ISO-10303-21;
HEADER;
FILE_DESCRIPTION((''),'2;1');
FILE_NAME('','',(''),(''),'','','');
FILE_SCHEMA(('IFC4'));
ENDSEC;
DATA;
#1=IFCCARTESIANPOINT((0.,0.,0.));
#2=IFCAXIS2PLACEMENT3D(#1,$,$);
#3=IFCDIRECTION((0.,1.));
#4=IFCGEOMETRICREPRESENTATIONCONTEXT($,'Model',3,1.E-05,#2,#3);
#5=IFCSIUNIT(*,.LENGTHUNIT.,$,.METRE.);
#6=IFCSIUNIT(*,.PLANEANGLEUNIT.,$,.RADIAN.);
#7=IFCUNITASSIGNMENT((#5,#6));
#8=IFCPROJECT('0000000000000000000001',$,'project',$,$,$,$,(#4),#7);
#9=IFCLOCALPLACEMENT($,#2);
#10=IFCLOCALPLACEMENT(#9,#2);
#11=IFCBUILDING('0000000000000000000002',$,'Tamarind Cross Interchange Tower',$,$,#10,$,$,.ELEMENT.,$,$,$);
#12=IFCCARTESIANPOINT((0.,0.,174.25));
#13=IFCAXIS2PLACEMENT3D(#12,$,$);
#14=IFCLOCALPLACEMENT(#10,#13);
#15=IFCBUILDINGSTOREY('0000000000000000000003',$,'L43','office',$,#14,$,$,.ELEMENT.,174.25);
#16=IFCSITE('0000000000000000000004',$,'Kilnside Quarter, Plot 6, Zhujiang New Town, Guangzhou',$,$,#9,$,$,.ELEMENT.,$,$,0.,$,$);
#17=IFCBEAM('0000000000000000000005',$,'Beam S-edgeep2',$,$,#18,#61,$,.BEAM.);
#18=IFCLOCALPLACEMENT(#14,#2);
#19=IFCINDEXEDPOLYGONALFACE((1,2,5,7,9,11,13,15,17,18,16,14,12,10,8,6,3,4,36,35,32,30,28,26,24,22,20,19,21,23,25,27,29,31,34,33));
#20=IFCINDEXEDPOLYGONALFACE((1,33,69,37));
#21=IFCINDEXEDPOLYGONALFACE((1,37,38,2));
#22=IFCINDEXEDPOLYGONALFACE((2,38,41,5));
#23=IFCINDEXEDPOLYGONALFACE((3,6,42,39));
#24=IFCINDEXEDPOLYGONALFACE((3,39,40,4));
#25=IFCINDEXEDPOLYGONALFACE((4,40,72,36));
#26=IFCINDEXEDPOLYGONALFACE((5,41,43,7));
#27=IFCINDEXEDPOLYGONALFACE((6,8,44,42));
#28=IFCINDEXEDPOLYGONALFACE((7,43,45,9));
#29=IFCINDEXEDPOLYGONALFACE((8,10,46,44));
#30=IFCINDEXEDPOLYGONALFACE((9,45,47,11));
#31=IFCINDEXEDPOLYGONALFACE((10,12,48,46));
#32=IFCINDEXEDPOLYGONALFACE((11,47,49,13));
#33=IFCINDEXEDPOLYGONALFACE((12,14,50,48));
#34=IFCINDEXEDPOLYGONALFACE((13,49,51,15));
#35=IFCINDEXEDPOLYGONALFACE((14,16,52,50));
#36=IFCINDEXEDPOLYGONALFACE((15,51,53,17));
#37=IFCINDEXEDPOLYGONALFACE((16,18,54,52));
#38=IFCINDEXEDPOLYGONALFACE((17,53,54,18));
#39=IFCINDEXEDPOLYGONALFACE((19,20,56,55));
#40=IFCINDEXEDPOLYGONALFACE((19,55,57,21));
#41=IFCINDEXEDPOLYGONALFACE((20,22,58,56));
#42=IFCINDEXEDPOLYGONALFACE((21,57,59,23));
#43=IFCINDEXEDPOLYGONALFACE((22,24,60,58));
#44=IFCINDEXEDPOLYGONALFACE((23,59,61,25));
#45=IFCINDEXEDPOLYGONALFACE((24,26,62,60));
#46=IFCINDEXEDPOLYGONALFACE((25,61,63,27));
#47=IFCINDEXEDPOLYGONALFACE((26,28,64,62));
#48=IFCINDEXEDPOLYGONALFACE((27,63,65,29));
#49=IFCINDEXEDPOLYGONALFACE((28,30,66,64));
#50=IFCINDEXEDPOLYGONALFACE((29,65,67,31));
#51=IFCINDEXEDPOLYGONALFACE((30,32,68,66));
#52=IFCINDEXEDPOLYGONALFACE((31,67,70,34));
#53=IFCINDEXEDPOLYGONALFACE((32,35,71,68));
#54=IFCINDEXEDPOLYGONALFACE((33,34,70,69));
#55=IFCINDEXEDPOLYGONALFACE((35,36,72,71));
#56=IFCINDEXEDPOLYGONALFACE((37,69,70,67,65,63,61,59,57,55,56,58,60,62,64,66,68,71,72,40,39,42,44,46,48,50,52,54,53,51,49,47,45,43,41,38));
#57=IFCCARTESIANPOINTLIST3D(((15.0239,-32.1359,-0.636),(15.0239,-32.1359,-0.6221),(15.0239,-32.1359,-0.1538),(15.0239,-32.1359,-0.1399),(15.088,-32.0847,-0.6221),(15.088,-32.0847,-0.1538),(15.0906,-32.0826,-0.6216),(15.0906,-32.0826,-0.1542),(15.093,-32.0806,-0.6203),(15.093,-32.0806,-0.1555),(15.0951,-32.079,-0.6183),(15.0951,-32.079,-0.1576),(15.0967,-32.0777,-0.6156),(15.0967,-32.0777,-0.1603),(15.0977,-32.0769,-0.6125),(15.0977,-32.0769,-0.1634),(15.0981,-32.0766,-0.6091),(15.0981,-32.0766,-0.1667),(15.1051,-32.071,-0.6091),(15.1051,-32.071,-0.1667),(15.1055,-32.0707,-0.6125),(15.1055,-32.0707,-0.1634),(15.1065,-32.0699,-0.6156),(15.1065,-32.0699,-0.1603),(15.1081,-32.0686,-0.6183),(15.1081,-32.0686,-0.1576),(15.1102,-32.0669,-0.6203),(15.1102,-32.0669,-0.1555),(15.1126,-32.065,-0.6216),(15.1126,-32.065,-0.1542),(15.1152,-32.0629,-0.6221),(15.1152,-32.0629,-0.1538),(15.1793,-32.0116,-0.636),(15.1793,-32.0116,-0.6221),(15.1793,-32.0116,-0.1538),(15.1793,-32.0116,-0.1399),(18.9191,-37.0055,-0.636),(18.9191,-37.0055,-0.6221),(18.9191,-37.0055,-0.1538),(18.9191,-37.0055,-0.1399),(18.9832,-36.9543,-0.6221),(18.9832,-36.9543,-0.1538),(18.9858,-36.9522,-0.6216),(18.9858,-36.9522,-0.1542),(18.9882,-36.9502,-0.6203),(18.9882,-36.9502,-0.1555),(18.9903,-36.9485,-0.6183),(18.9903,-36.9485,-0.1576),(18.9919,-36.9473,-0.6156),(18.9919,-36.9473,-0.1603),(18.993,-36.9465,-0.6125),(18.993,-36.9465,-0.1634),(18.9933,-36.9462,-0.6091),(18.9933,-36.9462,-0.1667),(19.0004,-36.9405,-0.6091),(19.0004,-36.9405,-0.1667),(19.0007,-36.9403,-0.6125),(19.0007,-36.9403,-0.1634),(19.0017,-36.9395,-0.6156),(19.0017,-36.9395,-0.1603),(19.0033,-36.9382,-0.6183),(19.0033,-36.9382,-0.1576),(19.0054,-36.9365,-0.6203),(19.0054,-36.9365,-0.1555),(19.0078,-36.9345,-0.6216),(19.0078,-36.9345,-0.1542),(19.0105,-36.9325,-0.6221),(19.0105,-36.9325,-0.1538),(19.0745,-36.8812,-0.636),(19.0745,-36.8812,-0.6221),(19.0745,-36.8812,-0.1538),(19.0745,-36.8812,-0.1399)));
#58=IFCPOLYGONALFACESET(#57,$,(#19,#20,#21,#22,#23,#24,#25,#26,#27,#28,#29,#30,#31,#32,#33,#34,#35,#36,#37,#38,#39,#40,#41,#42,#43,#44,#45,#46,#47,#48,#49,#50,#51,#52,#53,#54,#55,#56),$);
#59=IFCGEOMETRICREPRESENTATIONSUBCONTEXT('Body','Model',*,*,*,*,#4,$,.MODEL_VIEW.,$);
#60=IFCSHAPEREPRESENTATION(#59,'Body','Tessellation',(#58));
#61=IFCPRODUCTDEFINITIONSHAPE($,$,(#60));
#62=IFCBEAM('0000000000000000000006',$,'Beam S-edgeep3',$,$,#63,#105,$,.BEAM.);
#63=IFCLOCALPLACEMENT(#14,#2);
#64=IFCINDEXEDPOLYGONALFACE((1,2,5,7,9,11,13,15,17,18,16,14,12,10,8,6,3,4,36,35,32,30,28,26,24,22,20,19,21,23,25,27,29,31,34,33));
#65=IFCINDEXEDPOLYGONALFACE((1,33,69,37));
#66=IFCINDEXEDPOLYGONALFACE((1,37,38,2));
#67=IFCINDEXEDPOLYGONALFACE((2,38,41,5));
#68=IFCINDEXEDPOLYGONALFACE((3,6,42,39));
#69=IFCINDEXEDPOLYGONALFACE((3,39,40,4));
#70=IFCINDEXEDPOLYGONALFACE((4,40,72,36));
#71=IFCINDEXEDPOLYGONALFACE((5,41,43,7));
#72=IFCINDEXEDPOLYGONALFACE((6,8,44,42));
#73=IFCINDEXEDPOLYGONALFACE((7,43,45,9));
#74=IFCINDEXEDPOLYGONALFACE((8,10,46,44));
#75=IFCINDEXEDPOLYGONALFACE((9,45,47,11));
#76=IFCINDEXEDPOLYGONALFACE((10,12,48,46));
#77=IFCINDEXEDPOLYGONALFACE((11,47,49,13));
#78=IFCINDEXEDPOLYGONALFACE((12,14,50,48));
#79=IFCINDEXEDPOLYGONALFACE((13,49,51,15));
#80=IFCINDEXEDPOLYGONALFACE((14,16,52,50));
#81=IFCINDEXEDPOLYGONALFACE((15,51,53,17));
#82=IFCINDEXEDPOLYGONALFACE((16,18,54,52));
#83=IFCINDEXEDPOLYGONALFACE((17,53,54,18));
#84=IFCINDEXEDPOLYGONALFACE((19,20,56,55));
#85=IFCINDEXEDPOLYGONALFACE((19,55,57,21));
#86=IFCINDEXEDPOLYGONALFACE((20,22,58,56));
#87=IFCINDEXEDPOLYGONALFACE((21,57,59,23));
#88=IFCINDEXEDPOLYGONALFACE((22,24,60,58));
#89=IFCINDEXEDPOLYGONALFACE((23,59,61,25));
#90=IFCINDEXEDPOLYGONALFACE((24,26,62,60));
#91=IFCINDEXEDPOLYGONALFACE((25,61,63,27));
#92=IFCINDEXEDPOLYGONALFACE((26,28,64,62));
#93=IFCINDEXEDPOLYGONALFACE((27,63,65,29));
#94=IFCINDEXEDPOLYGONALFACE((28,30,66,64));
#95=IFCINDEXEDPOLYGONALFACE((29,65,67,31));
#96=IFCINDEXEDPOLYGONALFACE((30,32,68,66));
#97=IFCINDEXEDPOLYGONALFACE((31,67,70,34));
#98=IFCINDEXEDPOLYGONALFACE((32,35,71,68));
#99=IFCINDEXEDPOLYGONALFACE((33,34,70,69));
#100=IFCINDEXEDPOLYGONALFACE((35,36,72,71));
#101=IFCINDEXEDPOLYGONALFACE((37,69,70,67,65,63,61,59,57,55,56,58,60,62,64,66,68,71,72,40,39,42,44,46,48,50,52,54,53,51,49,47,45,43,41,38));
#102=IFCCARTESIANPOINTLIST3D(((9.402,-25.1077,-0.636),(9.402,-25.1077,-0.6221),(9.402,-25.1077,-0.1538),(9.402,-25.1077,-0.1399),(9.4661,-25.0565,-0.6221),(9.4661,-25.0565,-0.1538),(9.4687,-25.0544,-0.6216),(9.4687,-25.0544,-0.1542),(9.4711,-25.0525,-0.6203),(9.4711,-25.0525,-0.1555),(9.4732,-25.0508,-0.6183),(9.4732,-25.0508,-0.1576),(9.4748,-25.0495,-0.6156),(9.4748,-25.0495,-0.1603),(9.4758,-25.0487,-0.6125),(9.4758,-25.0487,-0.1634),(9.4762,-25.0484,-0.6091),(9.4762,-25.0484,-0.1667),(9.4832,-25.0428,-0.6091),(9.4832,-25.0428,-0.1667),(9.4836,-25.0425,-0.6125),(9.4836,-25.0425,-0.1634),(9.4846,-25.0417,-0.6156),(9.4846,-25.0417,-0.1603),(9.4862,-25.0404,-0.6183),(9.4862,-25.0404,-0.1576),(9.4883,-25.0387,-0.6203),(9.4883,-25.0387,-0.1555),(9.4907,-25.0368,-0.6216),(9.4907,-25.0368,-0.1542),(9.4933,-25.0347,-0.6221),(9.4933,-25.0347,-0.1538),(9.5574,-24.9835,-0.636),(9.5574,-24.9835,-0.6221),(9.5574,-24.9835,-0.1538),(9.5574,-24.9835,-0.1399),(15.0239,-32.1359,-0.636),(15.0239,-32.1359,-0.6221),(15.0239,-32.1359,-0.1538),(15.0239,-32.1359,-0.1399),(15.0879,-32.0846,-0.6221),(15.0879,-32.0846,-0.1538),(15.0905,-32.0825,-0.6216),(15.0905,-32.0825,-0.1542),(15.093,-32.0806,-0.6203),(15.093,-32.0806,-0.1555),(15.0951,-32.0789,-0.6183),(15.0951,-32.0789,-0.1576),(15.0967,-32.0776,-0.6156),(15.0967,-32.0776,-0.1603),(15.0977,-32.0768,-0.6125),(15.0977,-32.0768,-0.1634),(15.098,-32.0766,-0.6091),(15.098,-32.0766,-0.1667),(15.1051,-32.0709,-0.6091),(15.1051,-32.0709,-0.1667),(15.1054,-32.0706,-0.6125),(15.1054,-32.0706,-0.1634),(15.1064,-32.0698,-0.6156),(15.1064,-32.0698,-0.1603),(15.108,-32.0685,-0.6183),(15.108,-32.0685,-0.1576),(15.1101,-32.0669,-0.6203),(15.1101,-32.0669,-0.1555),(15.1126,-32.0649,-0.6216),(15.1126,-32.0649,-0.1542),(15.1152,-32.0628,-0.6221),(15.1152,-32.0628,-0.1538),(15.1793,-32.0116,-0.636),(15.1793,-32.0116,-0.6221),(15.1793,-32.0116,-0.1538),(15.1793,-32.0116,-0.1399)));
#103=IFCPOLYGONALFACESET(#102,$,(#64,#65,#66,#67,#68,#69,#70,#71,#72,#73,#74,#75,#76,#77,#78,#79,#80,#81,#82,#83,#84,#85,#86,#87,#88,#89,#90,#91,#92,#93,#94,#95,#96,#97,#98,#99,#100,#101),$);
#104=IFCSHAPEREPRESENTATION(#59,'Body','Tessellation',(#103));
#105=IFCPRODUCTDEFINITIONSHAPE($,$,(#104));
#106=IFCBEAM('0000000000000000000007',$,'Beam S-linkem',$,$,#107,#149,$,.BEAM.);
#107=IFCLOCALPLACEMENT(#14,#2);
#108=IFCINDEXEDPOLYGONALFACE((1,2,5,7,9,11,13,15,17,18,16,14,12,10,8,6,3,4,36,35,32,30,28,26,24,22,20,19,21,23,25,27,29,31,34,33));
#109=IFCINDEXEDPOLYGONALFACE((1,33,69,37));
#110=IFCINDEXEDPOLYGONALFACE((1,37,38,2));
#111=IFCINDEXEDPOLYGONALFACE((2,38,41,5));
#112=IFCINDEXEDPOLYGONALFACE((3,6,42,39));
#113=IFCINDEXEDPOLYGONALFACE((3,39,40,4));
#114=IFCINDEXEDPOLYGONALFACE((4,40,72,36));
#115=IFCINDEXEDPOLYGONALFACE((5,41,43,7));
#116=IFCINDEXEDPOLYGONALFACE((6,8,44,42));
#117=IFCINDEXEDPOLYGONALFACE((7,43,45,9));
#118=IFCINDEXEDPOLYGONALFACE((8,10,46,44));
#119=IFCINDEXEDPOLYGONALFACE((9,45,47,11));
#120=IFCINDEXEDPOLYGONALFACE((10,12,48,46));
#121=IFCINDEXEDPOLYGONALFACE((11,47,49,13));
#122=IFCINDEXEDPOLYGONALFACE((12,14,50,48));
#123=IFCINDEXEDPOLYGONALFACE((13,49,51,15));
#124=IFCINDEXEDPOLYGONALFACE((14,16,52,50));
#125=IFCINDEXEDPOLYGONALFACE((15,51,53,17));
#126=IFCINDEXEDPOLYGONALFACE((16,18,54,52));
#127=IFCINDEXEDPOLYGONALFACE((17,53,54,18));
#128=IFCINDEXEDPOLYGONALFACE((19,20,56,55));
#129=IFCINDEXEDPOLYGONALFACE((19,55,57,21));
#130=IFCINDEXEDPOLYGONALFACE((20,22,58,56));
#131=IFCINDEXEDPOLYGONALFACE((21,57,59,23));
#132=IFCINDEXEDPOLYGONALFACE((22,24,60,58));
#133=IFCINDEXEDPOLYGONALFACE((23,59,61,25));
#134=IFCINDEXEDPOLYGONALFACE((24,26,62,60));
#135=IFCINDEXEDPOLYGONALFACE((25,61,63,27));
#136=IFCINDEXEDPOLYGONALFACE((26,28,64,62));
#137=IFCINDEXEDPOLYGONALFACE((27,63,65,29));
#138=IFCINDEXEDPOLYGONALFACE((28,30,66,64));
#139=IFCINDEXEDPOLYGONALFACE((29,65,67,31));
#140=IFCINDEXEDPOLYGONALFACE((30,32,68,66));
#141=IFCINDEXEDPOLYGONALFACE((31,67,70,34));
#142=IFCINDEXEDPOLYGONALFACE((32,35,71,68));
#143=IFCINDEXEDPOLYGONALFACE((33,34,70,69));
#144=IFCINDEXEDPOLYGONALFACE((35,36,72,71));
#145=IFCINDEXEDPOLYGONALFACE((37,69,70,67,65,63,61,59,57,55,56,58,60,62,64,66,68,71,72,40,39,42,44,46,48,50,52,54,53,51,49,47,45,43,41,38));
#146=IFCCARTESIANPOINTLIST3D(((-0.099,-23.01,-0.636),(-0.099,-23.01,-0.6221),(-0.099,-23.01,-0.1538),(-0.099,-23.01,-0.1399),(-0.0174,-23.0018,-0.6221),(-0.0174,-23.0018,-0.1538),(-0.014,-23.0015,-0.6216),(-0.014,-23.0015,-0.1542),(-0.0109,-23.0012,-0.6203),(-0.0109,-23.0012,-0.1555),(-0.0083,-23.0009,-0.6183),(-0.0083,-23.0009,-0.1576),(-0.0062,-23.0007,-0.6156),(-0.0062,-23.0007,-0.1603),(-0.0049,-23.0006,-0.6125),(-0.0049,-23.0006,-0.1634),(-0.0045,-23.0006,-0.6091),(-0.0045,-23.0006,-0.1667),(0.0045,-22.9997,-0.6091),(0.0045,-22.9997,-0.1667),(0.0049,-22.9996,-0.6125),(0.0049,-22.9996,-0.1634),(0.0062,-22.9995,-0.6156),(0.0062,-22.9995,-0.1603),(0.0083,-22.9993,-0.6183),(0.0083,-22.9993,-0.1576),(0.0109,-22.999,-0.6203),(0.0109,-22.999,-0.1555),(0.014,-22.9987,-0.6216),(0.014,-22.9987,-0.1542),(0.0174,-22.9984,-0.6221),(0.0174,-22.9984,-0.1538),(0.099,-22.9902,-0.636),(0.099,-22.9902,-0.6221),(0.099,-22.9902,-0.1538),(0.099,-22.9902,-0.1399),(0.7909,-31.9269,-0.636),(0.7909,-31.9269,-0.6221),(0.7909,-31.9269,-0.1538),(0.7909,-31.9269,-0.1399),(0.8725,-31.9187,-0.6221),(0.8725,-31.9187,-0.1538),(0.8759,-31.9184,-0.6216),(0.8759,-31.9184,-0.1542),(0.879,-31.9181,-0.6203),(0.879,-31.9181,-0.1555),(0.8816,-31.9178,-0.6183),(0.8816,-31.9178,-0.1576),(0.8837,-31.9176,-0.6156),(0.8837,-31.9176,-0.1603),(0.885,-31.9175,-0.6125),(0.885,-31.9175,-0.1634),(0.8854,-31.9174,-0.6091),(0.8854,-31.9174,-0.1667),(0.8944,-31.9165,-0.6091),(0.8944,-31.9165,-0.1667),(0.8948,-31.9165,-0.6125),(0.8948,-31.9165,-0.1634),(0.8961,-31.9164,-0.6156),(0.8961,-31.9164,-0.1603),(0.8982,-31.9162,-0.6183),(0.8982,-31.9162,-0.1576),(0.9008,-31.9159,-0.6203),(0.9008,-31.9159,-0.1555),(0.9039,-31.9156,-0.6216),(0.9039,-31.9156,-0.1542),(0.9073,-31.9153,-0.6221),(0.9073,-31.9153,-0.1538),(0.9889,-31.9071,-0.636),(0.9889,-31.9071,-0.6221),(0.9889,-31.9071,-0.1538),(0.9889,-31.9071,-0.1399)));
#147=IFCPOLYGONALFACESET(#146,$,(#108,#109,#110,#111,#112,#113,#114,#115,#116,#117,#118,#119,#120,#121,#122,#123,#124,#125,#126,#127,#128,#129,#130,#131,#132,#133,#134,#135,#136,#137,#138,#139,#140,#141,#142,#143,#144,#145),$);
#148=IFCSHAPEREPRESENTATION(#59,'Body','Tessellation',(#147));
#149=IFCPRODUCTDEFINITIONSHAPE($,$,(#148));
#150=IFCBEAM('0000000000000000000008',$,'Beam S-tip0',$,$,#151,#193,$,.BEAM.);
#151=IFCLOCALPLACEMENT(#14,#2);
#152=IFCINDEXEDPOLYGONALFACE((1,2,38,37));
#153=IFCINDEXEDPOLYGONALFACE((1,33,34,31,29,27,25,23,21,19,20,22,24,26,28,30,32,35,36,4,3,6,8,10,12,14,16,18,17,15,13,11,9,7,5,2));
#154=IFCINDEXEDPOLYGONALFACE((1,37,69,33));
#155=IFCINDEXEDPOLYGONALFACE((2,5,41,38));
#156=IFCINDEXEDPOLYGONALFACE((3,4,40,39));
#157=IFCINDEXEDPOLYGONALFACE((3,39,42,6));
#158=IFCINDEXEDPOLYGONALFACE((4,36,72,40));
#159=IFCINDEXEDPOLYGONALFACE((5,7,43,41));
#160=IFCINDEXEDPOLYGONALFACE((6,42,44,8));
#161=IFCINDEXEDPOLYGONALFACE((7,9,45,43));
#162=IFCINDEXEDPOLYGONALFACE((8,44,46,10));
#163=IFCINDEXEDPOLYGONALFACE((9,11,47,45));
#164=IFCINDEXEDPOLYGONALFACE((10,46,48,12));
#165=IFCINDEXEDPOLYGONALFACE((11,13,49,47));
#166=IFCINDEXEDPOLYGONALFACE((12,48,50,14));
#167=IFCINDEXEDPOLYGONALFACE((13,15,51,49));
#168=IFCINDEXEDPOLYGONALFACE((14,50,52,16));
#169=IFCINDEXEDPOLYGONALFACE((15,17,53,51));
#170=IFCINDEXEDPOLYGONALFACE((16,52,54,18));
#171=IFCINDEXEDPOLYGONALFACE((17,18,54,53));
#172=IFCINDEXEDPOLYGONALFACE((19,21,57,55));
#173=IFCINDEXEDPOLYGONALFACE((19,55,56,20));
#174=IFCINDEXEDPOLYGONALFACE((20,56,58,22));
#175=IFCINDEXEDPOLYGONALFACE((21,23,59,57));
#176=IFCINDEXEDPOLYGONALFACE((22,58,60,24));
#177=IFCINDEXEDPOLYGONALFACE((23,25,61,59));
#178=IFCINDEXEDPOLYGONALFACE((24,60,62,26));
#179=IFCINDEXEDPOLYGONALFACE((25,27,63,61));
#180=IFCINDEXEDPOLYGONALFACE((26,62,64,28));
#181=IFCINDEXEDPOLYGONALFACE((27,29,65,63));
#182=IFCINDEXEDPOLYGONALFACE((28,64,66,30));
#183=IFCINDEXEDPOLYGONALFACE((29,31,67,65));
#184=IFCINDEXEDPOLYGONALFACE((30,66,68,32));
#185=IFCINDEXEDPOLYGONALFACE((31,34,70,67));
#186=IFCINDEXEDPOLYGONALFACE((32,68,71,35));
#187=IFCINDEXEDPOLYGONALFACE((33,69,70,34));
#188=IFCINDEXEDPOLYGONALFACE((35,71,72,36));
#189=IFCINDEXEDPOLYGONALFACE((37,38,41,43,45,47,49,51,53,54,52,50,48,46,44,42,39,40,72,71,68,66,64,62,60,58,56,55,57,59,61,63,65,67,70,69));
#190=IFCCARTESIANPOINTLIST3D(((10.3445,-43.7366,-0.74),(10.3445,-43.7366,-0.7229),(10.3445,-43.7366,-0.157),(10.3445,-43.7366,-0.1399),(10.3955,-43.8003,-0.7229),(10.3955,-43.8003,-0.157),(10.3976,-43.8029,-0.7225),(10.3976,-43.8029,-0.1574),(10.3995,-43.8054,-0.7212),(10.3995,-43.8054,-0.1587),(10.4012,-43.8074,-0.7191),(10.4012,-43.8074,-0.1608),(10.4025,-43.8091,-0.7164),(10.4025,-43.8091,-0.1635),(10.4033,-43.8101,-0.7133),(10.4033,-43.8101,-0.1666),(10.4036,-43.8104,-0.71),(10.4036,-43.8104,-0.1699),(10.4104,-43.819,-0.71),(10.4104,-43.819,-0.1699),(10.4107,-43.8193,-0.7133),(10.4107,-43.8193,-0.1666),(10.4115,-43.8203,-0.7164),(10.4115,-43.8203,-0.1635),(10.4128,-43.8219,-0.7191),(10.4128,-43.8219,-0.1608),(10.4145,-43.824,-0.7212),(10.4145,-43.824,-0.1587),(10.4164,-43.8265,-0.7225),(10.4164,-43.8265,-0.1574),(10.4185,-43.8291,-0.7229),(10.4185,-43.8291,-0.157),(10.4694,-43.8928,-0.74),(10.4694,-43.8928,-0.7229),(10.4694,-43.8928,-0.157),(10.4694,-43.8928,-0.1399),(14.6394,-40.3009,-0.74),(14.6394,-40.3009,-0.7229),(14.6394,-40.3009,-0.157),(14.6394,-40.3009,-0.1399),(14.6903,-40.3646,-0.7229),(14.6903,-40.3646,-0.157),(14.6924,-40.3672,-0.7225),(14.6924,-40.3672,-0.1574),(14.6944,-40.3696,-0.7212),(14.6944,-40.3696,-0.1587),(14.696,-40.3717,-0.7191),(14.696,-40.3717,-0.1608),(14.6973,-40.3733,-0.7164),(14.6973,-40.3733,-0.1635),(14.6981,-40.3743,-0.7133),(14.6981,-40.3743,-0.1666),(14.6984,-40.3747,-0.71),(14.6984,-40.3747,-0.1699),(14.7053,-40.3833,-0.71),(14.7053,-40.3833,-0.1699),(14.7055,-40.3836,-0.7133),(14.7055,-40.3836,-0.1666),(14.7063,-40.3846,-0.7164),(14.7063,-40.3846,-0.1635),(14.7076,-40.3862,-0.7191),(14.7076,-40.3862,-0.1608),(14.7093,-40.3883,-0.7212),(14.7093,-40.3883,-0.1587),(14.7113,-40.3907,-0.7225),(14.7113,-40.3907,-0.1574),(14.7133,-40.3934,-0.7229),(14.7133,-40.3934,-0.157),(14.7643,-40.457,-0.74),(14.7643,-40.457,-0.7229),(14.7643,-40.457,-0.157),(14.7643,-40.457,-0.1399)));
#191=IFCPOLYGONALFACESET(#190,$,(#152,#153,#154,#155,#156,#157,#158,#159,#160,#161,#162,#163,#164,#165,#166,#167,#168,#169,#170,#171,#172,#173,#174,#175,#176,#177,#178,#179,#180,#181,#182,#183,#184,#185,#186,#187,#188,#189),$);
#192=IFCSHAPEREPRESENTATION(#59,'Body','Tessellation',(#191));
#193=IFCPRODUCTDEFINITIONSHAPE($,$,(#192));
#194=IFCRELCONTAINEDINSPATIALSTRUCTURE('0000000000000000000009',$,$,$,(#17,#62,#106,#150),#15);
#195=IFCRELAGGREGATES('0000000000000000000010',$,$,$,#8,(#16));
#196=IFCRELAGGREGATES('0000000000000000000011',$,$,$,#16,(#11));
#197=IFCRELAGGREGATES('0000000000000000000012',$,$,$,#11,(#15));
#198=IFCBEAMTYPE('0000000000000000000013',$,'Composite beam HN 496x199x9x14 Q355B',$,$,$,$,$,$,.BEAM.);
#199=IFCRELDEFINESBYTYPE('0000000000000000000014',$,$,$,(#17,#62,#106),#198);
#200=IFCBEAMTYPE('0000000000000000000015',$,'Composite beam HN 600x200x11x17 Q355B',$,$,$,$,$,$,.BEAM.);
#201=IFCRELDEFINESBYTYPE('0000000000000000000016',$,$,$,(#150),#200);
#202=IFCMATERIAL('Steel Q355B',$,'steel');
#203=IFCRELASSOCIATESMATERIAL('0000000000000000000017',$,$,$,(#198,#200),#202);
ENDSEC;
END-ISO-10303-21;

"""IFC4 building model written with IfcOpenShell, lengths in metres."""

from ifc_helpers import new_model, si_unit, direction, frame, origin, origin_2d, place, context, subcontext, project, spatial, i_section, extrude, material, material_profile, profile_set, type_object, element, save


model = new_model("IFC4")

# Units and contexts
model_context = context("Model", 3, precision=1e-05, world=origin(), true_north=direction((0.0, 1.0)))
body_context = subcontext(model_context, "Body", "Model", "MODEL_VIEW")
ifc_project = project(units=[si_unit("LENGTHUNIT", "METRE"), si_unit("PLANEANGLEUNIT", "RADIAN")], contexts=[model_context])

# Site, building, storey
site_placement = place(None, origin())
site = spatial("IfcSite", under=ifc_project, at=site_placement, Name="Kilnside Quarter, Plot 6, Zhujiang New Town, Guangzhou", CompositionType="ELEMENT", RefElevation=0.0)
building_placement = place(site_placement, origin())
building = spatial("IfcBuilding", under=site, at=building_placement, Name="Tamarind Cross Interchange Tower", CompositionType="ELEMENT")
storey_placement = place(building_placement, frame((0.0, 0.0, 174.25)))
storey = spatial("IfcBuildingStorey", under=building, at=storey_placement, Name="L43", Description="office", CompositionType="ELEMENT", Elevation=174.25)

# Beams
ifc_material_1 = material(Name="Steel Q355B", Category="steel")
ifc_material_profile_1 = material_profile(ifc_material_1, i_section(OverallWidth=0.199, OverallDepth=0.4961, WebThickness=0.009, FlangeThickness=0.0139, FilletRadius=0.0129, at=origin_2d()), Name="HN 496x199x9x14")
ifc_profile_set_1 = profile_set([ifc_material_profile_1], Name="Steel Q355B")
beam_type_1 = type_object("IfcBeamType", Name="Composite beam HN 496x199x9x14 Q355B", PredefinedType="BEAM", material=ifc_profile_set_1)
beam_1_placement = place(storey_placement, frame((18.9968, -36.9434, -0.3879), z_axis=(-0.624652, 0.780903, 0.0), x_axis=(-0.780903, -0.624652, 0.0)))
element("IfcBeam", 1, at=beam_1_placement, inside=storey, type_object=beam_type_1, Name="Beam S-edgeep2", PredefinedType="BEAM", context=body_context, shape_type="SweptSolid", body=[
    extrude(i_section(OverallWidth=0.199, OverallDepth=0.4961, WebThickness=0.009, FlangeThickness=0.0139, FilletRadius=0.0129, at=origin_2d()), origin(), (0.0, 0.0, 1.0), 6.2358),
])
beam_2_placement = place(storey_placement, frame((15.1016, -32.0737, -0.3879), z_axis=(-0.624652, 0.780903, 0.0), x_axis=(-0.780903, -0.624652, 0.0)))
element("IfcBeam", 2, at=beam_2_placement, inside=storey, type_object=beam_type_1, Name="Beam S-edgeep3", PredefinedType="BEAM", context=body_context, shape_type="SweptSolid", body=[
    extrude(i_section(OverallWidth=0.199, OverallDepth=0.4961, WebThickness=0.009, FlangeThickness=0.0139, FilletRadius=0.0129, at=origin_2d()), origin(), (0.0, 0.0, 1.0), 9.0),
])
beam_3_placement = place(storey_placement, frame((0.8899, -31.917, -0.3879), z_axis=(-0.099304, 0.995057, 0.0), x_axis=(-0.995057, -0.099304, 0.0)))
element("IfcBeam", 3, at=beam_3_placement, inside=storey, type_object=beam_type_1, Name="Beam S-linkem", PredefinedType="BEAM", context=body_context, shape_type="SweptSolid", body=[
    extrude(i_section(OverallWidth=0.199, OverallDepth=0.4961, WebThickness=0.009, FlangeThickness=0.0139, FilletRadius=0.0129, at=origin_2d()), origin(), (0.0, 0.0, 1.0), 8.9612),
])
ifc_material_profile_2 = material_profile(ifc_material_1, i_section(OverallWidth=0.2, OverallDepth=0.6001, WebThickness=0.011, FlangeThickness=0.0171, FilletRadius=0.0129, at=origin_2d()), Name="HN 600x200x11x17")
ifc_profile_set_2 = profile_set([ifc_material_profile_2], Name="Steel Q355B")
beam_type_2 = type_object("IfcBeamType", Name="Composite beam HN 600x200x11x17 Q355B", PredefinedType="BEAM", material=ifc_profile_set_2)
for number, where, z_axis, x_axis, name in (
    (4, (10.407, -43.8147, -0.4399), (0.780882, 0.624679, 0.0), (-0.624679, 0.780882, 0.0), "Beam S-tip0"),
):
    element("IfcBeam", number, at=place(storey_placement, frame(where, z_axis=z_axis, x_axis=x_axis)), inside=storey, type_object=beam_type_2, Name=name, PredefinedType="BEAM", context=body_context, shape_type="SweptSolid", body=[
        extrude(i_section(OverallWidth=0.2, OverallDepth=0.6001, WebThickness=0.011, FlangeThickness=0.0171, FilletRadius=0.0129, at=origin_2d()), origin(), (0.0, 0.0, 1.0), 5.5),
    ])

save(model, "model.ifc")
